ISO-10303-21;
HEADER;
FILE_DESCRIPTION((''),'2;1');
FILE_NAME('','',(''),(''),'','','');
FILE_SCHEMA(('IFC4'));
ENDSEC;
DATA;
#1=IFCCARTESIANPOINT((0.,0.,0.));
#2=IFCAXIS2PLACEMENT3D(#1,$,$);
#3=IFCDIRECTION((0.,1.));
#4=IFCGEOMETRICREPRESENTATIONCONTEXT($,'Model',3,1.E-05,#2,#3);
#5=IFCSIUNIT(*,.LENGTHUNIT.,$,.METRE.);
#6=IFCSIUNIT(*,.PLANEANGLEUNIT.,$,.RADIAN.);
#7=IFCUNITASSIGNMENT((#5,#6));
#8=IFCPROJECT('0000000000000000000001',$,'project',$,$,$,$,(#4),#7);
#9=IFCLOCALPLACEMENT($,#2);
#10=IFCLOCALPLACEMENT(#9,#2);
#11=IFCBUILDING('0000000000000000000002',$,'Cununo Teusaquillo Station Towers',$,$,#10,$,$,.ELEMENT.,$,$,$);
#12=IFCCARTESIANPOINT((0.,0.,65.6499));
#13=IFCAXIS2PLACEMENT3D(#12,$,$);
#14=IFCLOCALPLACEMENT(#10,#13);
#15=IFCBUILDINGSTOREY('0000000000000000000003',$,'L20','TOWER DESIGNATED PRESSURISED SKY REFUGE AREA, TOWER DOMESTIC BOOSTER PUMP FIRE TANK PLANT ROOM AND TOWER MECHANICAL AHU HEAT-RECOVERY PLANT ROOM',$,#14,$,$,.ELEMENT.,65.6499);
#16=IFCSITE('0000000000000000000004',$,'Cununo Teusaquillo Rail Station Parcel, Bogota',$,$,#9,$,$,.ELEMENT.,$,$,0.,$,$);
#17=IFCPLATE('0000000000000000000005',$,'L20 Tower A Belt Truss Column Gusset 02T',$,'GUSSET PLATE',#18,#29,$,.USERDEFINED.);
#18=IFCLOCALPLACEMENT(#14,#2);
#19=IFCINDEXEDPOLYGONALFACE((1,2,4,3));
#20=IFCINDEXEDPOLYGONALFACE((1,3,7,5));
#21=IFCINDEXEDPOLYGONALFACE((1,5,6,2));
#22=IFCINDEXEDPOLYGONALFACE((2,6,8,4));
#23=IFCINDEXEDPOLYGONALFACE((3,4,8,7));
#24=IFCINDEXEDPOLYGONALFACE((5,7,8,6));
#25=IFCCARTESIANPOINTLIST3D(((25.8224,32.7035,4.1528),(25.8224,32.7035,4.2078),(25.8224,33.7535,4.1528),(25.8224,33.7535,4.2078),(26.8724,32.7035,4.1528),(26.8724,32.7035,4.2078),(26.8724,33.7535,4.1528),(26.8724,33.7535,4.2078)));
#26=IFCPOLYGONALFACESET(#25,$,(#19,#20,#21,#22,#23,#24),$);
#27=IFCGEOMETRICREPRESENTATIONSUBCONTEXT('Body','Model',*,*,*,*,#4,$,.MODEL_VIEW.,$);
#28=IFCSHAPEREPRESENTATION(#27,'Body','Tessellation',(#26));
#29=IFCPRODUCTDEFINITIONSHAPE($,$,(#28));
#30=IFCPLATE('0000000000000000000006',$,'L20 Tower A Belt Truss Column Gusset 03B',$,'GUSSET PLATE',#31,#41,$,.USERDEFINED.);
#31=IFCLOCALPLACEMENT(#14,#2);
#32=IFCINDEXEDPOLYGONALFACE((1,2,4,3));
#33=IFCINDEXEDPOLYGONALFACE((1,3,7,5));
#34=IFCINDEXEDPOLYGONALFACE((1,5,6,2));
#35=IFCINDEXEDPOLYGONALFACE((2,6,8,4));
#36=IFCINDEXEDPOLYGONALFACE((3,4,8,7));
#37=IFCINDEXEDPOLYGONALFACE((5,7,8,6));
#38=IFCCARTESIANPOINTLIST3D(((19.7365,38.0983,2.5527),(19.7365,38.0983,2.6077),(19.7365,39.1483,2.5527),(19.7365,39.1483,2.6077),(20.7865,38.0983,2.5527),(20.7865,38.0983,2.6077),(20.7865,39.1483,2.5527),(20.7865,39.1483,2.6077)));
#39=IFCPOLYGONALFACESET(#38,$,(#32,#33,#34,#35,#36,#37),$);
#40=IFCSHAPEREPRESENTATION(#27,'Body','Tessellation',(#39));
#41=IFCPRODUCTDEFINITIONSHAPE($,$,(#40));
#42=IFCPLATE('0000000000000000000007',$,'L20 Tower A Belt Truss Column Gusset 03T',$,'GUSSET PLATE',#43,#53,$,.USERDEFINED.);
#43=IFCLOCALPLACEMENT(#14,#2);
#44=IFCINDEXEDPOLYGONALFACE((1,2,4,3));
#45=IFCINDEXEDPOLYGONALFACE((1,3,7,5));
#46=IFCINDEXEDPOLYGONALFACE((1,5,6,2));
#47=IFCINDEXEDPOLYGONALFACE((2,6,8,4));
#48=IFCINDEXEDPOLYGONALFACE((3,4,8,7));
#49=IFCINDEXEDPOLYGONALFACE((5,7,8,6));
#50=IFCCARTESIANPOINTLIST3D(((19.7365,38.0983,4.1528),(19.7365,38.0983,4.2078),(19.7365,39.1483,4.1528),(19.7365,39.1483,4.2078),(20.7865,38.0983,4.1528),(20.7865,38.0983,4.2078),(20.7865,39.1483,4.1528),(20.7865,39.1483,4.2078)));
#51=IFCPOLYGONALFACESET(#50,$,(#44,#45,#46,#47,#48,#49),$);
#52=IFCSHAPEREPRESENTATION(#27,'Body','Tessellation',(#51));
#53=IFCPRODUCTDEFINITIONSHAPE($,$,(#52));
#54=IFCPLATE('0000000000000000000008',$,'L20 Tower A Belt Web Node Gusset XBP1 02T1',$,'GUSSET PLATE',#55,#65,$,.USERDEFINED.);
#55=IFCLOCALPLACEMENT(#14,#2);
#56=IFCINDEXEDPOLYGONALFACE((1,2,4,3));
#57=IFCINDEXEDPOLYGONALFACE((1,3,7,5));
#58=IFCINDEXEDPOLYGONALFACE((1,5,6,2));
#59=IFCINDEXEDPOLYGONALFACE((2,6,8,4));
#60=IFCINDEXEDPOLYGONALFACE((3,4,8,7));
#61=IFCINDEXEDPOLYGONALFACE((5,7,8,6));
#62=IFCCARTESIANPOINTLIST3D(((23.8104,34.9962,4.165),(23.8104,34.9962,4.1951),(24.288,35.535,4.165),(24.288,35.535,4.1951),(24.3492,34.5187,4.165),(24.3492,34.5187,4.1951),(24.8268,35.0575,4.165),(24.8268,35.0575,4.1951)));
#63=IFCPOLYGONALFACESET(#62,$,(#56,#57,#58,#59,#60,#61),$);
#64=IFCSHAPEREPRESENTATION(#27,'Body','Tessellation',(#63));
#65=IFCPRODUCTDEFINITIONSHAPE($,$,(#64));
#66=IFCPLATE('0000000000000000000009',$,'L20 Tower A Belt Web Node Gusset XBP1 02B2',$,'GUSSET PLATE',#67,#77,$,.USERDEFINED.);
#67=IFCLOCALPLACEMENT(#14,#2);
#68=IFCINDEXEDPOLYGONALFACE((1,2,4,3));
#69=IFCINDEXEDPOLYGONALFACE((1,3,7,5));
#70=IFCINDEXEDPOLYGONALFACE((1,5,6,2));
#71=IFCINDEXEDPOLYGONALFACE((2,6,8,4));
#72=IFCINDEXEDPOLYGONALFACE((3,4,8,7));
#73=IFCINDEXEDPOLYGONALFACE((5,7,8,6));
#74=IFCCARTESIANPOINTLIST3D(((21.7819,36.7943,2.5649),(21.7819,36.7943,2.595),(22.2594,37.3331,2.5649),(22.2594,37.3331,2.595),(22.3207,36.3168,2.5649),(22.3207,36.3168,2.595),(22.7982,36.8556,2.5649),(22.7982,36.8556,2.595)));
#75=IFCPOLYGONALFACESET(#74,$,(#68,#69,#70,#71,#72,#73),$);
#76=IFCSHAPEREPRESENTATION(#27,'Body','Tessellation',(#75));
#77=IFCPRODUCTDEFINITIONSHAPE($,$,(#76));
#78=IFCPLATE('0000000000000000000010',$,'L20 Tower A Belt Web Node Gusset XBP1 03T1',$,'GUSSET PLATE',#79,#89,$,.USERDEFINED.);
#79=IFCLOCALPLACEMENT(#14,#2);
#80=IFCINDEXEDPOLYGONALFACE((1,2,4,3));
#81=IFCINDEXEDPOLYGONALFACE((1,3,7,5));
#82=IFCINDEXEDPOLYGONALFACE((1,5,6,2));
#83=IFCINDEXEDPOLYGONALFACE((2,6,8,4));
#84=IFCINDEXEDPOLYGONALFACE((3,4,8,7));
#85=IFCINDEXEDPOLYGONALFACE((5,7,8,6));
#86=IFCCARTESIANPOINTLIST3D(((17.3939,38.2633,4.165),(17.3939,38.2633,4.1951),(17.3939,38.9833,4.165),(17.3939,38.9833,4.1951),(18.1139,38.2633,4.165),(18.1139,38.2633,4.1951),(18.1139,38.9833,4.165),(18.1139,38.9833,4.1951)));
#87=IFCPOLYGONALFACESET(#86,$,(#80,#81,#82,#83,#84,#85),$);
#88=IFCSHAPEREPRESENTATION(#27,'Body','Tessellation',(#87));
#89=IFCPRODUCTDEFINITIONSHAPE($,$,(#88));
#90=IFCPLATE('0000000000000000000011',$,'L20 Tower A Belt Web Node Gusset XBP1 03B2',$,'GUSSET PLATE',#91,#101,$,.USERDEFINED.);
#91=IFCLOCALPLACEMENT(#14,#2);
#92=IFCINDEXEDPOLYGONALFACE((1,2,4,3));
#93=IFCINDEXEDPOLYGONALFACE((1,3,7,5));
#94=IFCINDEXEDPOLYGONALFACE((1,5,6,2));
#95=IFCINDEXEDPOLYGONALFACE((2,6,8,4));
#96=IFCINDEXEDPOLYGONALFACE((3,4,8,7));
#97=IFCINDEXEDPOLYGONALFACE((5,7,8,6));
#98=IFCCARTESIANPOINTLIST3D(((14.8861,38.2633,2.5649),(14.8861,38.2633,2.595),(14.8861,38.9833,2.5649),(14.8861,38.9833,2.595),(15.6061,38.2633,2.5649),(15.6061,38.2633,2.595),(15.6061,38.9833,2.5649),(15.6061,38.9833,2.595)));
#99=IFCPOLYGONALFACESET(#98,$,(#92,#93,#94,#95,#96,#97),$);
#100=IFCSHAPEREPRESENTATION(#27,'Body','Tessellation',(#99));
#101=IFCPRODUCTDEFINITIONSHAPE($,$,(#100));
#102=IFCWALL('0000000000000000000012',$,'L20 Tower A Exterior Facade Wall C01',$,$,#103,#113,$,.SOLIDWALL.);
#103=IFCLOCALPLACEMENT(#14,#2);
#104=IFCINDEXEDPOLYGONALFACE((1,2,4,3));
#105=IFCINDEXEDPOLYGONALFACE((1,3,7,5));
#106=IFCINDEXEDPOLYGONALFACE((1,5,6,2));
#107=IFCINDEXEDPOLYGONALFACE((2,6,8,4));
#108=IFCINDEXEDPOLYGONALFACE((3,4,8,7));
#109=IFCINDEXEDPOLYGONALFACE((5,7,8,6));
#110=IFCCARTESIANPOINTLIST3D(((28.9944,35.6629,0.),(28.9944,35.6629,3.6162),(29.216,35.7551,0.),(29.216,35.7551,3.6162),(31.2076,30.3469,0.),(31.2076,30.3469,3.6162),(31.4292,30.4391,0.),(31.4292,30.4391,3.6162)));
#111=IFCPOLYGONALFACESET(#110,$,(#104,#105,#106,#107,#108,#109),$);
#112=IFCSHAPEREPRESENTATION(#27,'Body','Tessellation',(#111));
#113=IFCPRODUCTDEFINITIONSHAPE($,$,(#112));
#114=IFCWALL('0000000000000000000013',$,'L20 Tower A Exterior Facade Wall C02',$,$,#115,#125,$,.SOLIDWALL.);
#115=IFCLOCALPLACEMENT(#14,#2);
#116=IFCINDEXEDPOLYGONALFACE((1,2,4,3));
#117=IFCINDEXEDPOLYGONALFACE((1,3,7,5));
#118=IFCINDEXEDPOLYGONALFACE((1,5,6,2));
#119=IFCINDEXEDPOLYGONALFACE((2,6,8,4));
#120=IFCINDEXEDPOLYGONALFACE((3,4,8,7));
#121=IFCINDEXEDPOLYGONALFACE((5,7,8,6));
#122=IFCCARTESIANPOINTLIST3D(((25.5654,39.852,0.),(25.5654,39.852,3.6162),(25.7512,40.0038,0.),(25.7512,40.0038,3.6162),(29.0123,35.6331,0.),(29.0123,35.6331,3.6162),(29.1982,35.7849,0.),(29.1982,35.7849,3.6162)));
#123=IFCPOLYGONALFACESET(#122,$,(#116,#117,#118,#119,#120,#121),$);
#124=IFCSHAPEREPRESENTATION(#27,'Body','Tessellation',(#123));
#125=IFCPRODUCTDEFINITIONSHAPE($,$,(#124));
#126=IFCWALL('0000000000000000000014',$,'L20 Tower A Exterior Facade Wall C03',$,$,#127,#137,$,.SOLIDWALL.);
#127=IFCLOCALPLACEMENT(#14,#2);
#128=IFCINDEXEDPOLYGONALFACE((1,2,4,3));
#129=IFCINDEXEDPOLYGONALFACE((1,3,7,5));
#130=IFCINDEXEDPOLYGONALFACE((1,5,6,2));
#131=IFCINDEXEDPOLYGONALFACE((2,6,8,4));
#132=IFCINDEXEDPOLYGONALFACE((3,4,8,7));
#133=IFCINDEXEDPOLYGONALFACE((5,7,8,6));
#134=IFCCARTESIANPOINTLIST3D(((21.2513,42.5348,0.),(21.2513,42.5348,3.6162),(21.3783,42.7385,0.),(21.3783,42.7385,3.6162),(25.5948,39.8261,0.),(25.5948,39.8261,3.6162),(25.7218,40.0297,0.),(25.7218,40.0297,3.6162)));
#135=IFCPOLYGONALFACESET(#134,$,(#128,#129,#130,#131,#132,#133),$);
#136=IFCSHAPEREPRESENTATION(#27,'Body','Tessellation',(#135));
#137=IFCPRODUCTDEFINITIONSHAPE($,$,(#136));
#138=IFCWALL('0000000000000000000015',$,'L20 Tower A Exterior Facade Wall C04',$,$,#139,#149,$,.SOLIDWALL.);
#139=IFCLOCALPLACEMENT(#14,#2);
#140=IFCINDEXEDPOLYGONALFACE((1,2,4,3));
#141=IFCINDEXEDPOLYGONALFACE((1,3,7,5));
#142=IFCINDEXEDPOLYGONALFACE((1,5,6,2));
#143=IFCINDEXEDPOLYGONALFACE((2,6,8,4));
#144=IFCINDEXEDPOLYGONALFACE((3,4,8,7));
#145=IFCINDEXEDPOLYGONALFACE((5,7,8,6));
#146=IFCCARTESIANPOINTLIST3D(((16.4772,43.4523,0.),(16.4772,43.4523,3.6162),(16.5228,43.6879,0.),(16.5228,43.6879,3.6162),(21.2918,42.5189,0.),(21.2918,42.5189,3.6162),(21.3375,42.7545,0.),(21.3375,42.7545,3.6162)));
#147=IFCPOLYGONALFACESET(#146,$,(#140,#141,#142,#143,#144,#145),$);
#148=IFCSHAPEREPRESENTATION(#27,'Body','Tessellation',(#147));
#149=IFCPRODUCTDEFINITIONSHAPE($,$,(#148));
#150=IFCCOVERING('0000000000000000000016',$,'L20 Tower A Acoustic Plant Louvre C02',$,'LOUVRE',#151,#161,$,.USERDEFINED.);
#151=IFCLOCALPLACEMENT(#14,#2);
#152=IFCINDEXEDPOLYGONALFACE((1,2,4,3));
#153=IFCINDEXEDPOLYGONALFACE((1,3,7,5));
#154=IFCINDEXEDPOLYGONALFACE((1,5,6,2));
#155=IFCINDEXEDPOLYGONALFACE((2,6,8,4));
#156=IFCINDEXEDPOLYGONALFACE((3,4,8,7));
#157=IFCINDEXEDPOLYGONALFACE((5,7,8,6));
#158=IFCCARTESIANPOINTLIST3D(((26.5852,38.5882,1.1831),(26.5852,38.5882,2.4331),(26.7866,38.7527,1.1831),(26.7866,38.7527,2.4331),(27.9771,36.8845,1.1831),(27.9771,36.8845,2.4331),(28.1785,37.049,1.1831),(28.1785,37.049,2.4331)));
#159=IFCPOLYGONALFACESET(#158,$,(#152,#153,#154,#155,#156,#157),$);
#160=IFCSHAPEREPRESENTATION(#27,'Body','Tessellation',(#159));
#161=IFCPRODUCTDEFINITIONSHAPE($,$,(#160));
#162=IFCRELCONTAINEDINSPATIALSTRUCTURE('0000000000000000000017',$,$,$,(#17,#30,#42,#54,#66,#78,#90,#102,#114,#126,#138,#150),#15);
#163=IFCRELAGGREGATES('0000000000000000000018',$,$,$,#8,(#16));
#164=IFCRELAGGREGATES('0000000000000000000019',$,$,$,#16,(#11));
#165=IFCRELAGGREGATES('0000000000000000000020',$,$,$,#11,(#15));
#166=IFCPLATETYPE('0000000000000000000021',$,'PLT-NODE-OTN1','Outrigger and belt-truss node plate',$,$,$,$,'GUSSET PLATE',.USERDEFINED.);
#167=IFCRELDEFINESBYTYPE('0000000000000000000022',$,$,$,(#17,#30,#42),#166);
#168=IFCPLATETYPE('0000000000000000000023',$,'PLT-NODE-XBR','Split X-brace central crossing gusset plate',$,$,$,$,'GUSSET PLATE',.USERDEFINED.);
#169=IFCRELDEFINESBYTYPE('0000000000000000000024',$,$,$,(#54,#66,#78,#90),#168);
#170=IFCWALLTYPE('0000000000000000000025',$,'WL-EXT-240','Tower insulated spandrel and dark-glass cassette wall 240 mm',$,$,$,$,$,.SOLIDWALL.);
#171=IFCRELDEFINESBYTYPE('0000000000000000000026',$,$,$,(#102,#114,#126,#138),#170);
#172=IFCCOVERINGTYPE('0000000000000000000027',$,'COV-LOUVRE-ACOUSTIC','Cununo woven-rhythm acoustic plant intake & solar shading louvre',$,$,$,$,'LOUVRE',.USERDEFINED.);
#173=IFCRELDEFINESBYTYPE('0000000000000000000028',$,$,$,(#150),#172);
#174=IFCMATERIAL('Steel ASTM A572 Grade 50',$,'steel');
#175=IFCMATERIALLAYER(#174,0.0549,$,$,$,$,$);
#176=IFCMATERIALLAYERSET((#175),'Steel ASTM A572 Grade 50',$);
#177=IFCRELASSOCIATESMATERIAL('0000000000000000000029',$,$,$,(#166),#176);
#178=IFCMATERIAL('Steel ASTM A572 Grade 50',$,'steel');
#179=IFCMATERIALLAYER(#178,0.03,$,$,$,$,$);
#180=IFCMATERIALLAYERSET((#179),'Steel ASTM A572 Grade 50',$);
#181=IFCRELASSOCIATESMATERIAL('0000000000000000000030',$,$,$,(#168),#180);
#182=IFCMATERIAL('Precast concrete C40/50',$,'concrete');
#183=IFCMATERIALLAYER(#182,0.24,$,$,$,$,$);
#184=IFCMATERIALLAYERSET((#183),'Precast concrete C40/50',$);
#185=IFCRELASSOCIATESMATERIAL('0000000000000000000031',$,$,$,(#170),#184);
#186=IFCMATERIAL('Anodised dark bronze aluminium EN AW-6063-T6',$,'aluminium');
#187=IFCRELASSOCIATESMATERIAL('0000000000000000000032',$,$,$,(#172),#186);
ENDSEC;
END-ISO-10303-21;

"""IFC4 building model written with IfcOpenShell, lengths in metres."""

from ifc_helpers import new_model, si_unit, direction, frame, frame_2d, origin, origin_2d, place, context, subcontext, project, spatial, rectangle, extrude, source, transform, mapped, material, layer, layer_set, type_object, element, save


model = new_model("IFC4")

# Units and contexts
model_context = context("Model", 3, precision=1e-05, world=origin(), true_north=direction((0.0, 1.0)))
body_context = subcontext(model_context, "Body", "Model", "MODEL_VIEW")
ifc_project = project(units=[si_unit("LENGTHUNIT", "METRE"), si_unit("PLANEANGLEUNIT", "RADIAN")], contexts=[model_context])

# Site, building, storey
site_placement = place(None, origin())
site = spatial("IfcSite", under=ifc_project, at=site_placement, Name="Cununo Teusaquillo Rail Station Parcel, Bogota", CompositionType="ELEMENT", RefElevation=0.0)
building_placement = place(site_placement, origin())
building = spatial("IfcBuilding", under=site, at=building_placement, Name="Cununo Teusaquillo Station Towers", CompositionType="ELEMENT")
storey_placement = place(building_placement, frame((0.0, 0.0, 65.6499)))
storey = spatial("IfcBuildingStorey", under=building, at=storey_placement, Name="L20", Description="TOWER DESIGNATED PRESSURISED SKY REFUGE AREA, TOWER DOMESTIC BOOSTER PUMP FIRE TANK PLANT ROOM AND TOWER MECHANICAL AHU HEAT-RECOVERY PLANT ROOM", CompositionType="ELEMENT", Elevation=65.6499)

# Plates
ifc_material_1 = material(Name="Steel ASTM A572 Grade 50", Category="steel")
ifc_layer_1 = layer(ifc_material_1, 0.0549)
ifc_layer_set_1 = layer_set([ifc_layer_1], Name="Steel ASTM A572 Grade 50")
plate_type_1 = type_object("IfcPlateType", Name="PLT-NODE-OTN1", Description="Outrigger and belt-truss node plate", ElementType="GUSSET PLATE", PredefinedType="USERDEFINED", material=ifc_layer_set_1)
shared_shape_1 = source(origin(), body_context, "Body", "SweptSolid", [
    extrude(rectangle(XDim=1.05, YDim=1.05, at=origin_2d()), origin(), (0.0, 0.0, 1.0), 0.0549),
])
for number, where, z_axis, x_axis, name in (
    (1, (26.3474, 33.2285, 4.1528), (0.0, 0.0, 1.0), (1.0, 0.0, 0.0), "L20 Tower A Belt Truss Column Gusset 02T"),
    (2, (20.2615, 38.6233, 2.5527), (0.0, 0.0, 1.0), (1.0, 0.0, 0.0), "L20 Tower A Belt Truss Column Gusset 03B"),
    (3, (20.2615, 38.6233, 4.1528), (0.0, 0.0, 1.0), (1.0, 0.0, 0.0), "L20 Tower A Belt Truss Column Gusset 03T"),
):
    element("IfcPlate", number, at=place(storey_placement, frame(where, z_axis=z_axis, x_axis=x_axis)), inside=storey, type_object=plate_type_1, Name=name, ObjectType="GUSSET PLATE", PredefinedType="USERDEFINED", context=body_context, shape_type="MappedRepresentation", body=[
        mapped(shared_shape_1, transform((0.0, 0.0, 0.0), x_axis=(1.0, 0.0, 0.0), y_axis=(0.0, 1.0, 0.0), z_axis=(0.0, 0.0, 1.0), scale=1.0)),
    ])
ifc_material_2 = material(Name="Steel ASTM A572 Grade 50", Category="steel")
ifc_layer_2 = layer(ifc_material_2, 0.03)
ifc_layer_set_2 = layer_set([ifc_layer_2], Name="Steel ASTM A572 Grade 50")
plate_type_2 = type_object("IfcPlateType", Name="PLT-NODE-XBR", Description="Split X-brace central crossing gusset plate", ElementType="GUSSET PLATE", PredefinedType="USERDEFINED", material=ifc_layer_set_2)
shared_shape_2 = source(origin(), body_context, "Body", "SweptSolid", [
    extrude(rectangle(XDim=0.72, YDim=0.72, at=origin_2d()), origin(), (0.0, 0.0, 1.0), 0.03),
])
for number, where, z_axis, x_axis, name in (
    (4, (24.3186, 35.0269, 4.165), (0.0, 0.0, 1.0), (-0.748377, 0.663273, 0.0), "L20 Tower A Belt Web Node Gusset XBP1 02T1"),
    (5, (22.29, 36.825, 2.5649), (0.0, 0.0, 1.0), (-0.748377, 0.663273, 0.0), "L20 Tower A Belt Web Node Gusset XBP1 02B2"),
    (6, (17.7539, 38.6233, 4.165), (0.0, 0.0, 1.0), (-1.0, 0.0, 0.0), "L20 Tower A Belt Web Node Gusset XBP1 03T1"),
    (7, (15.2461, 38.6233, 2.5649), (0.0, 0.0, 1.0), (-1.0, 0.0, 0.0), "L20 Tower A Belt Web Node Gusset XBP1 03B2"),
):
    element("IfcPlate", number, at=place(storey_placement, frame(where, z_axis=z_axis, x_axis=x_axis)), inside=storey, type_object=plate_type_2, Name=name, ObjectType="GUSSET PLATE", PredefinedType="USERDEFINED", context=body_context, shape_type="MappedRepresentation", body=[
        mapped(shared_shape_2, transform((0.0, 0.0, 0.0), x_axis=(1.0, 0.0, 0.0), y_axis=(0.0, 1.0, 0.0), z_axis=(0.0, 0.0, 1.0), scale=1.0)),
    ])

# Walls
ifc_material_3 = material(Name="Precast concrete C40/50", Category="concrete")
ifc_layer_3 = layer(ifc_material_3, 0.24)
ifc_layer_set_3 = layer_set([ifc_layer_3], Name="Precast concrete C40/50")
wall_type = type_object("IfcWallType", Name="WL-EXT-240", Description="Tower insulated spandrel and dark-glass cassette wall 240 mm", PredefinedType="SOLIDWALL", material=ifc_layer_set_3)
wall_1_placement = place(storey_placement, frame((29.1052, 35.709, 0.0), z_axis=(0.0, 0.0, 1.0), x_axis=(0.384344, -0.92319, 0.0)))
element("IfcWall", 8, at=wall_1_placement, inside=storey, type_object=wall_type, Name="L20 Tower A Exterior Facade Wall C01", PredefinedType="SOLIDWALL", context=body_context, shape_type="SweptSolid", body=[
    extrude(rectangle(XDim=5.7583, YDim=0.24, at=frame_2d((2.8792, 0.0))), origin(), (0.0, 0.0, 1.0), 3.6162),
])
wall_2_placement = place(storey_placement, frame((25.6582, 39.928, 0.0), z_axis=(0.0, 0.0, 1.0), x_axis=(0.632701, -0.774396, 0.0)))
element("IfcWall", 9, at=wall_2_placement, inside=storey, type_object=wall_type, Name="L20 Tower A Exterior Facade Wall C02", PredefinedType="SOLIDWALL", context=body_context, shape_type="SweptSolid", body=[
    extrude(rectangle(XDim=5.448, YDim=0.24, at=frame_2d((2.7241, 0.0))), origin(), (0.0, 0.0, 1.0), 3.6162),
])
wall_3_placement = place(storey_placement, frame((21.3147, 42.6367, 0.0), z_axis=(0.0, 0.0, 1.0), x_axis=(0.84852, -0.529163, 0.0)))
element("IfcWall", 10, at=wall_3_placement, inside=storey, type_object=wall_type, Name="L20 Tower A Exterior Facade Wall C03", PredefinedType="SOLIDWALL", context=body_context, shape_type="SweptSolid", body=[
    extrude(rectangle(XDim=5.1189, YDim=0.24, at=frame_2d((2.5596, 0.0))), origin(), (0.0, 0.0, 1.0), 3.6162),
])
wall_4_placement = place(storey_placement, frame((16.5, 43.5701, 0.0), z_axis=(0.0, 0.0, 1.0), x_axis=(0.981724, -0.190311, 0.0)))
element("IfcWall", 11, at=wall_4_placement, inside=storey, type_object=wall_type, Name="L20 Tower A Exterior Facade Wall C04", PredefinedType="SOLIDWALL", context=body_context, shape_type="SweptSolid", body=[
    extrude(rectangle(XDim=4.9043, YDim=0.24, at=frame_2d((2.4521, 0.0))), origin(), (0.0, 0.0, 1.0), 3.6162),
])

# Covering
ifc_material_4 = material(Name="Anodised dark bronze aluminium EN AW-6063-T6", Category="aluminium")
covering_type = type_object("IfcCoveringType", Name="COV-LOUVRE-ACOUSTIC", Description="Cununo woven-rhythm acoustic plant intake & solar shading louvre", ElementType="LOUVRE", PredefinedType="USERDEFINED", material=ifc_material_4)
shared_shape_3 = source(origin(), body_context, "Body", "SweptSolid", [
    extrude(rectangle(XDim=2.2, YDim=0.26, at=origin_2d()), origin(), (0.0, 0.0, 1.0), 1.25),
])
covering_placement = place(storey_placement, frame((27.3818, 37.8186, 1.1831), z_axis=(0.0, 0.0, 1.0), x_axis=(0.632705, -0.774393, 0.0)))
element("IfcCovering", 12, at=covering_placement, inside=storey, type_object=covering_type, Name="L20 Tower A Acoustic Plant Louvre C02", ObjectType="LOUVRE", PredefinedType="USERDEFINED", context=body_context, shape_type="MappedRepresentation", body=[
    mapped(shared_shape_3, transform((0.0, 0.0, 0.0), x_axis=(1.0, 0.0, 0.0), y_axis=(0.0, 1.0, 0.0), z_axis=(0.0, 0.0, 1.0), scale=1.0)),
])

save(model, "model.ifc")
